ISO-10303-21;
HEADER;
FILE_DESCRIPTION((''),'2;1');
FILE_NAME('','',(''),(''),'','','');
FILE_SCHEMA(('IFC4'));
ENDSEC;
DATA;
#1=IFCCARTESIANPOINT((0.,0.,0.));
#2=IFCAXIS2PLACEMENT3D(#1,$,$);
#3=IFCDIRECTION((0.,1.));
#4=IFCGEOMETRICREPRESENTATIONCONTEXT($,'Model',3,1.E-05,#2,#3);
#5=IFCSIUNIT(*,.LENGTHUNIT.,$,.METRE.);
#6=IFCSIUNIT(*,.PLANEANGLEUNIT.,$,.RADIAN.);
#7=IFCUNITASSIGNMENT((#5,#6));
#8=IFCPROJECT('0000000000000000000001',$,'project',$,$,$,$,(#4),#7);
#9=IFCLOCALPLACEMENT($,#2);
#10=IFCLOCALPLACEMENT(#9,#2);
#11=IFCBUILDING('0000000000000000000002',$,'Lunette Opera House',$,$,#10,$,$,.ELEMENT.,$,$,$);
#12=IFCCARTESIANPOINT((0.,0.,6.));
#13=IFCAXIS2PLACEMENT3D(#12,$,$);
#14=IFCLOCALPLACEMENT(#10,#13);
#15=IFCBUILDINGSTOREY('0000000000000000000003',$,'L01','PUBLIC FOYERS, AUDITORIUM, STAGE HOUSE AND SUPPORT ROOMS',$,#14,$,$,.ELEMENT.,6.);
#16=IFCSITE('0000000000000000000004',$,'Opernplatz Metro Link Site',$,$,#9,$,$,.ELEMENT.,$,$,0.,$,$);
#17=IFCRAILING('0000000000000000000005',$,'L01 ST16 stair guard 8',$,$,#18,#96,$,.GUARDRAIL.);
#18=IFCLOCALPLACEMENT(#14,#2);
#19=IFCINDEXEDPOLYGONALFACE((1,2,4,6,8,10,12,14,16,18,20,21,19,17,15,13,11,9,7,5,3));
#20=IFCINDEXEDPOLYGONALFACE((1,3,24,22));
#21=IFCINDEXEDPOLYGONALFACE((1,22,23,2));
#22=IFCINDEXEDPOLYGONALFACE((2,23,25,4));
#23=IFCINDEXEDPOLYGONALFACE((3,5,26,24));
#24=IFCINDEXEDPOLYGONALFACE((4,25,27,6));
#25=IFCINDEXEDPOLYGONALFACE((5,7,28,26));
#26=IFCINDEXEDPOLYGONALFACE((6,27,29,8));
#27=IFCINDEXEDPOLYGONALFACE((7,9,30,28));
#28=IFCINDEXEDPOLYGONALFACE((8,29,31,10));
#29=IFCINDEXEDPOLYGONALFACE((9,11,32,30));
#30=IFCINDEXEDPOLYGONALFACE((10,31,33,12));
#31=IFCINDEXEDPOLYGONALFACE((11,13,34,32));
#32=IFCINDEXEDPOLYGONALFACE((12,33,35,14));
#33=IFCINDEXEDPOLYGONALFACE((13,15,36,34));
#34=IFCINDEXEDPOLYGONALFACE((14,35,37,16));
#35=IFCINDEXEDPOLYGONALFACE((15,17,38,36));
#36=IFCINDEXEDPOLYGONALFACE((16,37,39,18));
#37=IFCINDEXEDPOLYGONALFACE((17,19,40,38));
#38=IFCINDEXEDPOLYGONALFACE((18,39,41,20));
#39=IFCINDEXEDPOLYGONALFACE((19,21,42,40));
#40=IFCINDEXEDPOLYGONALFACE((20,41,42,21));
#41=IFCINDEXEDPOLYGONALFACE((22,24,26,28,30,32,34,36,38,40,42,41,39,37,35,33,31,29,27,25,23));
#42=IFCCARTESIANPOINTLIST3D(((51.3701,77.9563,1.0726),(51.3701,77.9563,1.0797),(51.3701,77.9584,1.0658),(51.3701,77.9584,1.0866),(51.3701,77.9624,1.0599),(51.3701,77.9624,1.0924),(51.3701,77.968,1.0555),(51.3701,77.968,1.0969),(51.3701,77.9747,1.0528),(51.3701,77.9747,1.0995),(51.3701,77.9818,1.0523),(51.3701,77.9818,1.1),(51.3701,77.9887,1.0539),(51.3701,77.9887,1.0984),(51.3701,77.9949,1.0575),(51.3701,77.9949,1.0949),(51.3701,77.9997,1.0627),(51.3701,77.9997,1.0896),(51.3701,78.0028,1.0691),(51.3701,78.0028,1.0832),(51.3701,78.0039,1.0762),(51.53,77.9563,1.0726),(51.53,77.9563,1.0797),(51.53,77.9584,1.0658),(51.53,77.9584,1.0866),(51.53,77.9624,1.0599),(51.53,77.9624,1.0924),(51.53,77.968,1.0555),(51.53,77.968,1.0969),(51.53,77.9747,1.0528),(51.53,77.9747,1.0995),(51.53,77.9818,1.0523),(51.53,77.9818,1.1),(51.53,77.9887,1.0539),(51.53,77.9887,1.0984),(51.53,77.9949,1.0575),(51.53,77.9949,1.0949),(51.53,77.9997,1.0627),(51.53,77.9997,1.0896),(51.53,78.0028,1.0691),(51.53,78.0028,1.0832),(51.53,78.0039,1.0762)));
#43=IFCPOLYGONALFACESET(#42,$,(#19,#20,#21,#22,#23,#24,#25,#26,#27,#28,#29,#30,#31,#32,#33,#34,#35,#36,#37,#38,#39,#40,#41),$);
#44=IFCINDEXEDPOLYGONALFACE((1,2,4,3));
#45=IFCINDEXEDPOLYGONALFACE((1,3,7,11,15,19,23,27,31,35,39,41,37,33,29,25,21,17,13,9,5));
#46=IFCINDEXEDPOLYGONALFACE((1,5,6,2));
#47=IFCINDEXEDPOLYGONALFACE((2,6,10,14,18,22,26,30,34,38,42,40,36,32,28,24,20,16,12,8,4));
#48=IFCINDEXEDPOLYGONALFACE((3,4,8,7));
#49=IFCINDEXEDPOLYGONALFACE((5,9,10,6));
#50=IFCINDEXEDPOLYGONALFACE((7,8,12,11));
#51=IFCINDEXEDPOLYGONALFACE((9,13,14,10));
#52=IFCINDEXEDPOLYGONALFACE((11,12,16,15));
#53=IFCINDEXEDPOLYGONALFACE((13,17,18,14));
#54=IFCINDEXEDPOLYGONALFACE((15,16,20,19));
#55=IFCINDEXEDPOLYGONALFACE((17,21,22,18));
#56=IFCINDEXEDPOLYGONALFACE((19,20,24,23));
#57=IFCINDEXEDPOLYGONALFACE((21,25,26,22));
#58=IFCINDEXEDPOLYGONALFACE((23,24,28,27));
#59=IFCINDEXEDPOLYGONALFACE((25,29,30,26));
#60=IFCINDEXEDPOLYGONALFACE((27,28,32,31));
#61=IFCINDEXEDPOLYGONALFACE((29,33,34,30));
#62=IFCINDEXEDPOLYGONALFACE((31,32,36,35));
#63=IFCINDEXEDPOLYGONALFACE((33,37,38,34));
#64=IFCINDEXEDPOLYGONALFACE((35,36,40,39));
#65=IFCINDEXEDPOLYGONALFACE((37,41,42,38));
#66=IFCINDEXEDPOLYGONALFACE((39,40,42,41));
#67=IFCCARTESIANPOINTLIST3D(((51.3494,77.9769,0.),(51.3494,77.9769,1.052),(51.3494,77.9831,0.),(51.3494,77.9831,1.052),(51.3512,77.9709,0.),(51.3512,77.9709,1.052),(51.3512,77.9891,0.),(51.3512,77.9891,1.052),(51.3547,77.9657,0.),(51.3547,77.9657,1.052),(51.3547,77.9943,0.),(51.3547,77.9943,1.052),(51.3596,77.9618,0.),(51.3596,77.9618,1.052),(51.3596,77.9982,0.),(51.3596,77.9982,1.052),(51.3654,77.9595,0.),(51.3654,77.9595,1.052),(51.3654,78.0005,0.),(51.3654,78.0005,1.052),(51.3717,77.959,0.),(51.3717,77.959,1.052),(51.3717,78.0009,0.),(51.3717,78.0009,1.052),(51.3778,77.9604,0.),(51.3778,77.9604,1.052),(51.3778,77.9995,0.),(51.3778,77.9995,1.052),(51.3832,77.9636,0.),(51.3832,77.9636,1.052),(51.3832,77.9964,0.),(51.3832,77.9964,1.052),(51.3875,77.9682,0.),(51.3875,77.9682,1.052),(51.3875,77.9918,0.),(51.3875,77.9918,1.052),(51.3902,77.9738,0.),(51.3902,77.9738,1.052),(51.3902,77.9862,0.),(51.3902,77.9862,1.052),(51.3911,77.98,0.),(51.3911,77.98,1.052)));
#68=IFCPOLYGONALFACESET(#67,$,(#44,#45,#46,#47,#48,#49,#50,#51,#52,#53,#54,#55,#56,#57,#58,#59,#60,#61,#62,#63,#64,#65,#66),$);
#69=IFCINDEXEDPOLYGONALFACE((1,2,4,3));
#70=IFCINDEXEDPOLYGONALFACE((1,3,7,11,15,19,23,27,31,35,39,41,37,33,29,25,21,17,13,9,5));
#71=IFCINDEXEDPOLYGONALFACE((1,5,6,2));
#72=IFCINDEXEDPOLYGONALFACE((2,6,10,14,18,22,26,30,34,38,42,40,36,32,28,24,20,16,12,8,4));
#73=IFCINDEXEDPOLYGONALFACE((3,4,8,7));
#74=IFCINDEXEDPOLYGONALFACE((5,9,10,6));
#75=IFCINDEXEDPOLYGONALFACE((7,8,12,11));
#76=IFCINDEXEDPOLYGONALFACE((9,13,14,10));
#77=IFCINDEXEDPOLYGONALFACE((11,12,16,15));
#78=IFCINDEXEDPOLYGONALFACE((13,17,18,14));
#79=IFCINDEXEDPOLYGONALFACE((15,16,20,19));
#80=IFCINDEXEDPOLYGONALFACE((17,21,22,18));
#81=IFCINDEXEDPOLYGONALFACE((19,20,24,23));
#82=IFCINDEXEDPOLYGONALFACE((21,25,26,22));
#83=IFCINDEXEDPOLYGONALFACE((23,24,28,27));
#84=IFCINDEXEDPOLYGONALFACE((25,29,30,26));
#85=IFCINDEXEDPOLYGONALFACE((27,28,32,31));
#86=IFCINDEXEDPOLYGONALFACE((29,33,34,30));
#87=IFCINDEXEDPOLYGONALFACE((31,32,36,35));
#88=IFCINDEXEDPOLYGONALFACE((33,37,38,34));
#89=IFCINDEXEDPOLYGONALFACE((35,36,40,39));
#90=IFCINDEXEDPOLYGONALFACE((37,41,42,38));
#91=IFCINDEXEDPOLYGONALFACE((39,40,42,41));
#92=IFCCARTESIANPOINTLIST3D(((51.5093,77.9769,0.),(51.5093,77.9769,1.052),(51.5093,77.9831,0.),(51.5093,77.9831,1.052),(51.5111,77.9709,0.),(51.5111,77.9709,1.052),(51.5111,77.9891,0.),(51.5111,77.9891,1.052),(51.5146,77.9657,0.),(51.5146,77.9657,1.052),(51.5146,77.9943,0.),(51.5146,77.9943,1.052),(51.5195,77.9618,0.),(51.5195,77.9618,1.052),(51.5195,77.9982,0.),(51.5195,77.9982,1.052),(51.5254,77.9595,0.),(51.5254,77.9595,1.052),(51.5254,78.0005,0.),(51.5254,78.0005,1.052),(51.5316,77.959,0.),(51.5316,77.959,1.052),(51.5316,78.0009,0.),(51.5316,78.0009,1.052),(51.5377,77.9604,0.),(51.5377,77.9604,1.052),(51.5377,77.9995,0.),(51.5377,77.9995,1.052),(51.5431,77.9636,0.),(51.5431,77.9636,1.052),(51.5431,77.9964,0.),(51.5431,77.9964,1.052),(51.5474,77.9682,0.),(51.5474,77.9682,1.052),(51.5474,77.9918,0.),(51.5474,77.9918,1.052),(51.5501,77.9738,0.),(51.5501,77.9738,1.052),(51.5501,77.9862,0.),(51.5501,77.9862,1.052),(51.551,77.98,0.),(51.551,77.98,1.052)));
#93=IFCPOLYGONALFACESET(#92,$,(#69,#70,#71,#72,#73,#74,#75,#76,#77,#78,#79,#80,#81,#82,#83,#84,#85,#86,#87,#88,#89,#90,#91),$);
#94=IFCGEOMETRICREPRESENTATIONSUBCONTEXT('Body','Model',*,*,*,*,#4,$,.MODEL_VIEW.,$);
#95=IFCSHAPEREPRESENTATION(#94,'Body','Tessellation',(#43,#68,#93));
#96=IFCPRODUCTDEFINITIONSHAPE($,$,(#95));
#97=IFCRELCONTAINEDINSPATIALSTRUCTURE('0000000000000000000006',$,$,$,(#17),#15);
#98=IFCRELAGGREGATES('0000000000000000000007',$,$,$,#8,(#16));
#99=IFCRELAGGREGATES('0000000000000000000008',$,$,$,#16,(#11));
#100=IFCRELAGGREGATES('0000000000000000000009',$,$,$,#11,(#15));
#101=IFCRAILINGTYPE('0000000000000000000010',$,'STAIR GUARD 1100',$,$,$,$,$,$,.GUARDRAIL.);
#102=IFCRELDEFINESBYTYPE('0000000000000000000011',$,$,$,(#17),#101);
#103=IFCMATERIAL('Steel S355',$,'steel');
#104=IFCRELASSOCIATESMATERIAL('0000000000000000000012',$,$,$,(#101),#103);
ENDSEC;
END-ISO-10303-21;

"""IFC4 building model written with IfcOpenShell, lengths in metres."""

from ifc_helpers import new_model, si_unit, direction, frame, origin, origin_2d, place, context, subcontext, project, spatial, circle, extrude, material, type_object, element, save


model = new_model("IFC4")

# Units and contexts
model_context = context("Model", 3, precision=1e-05, world=origin(), true_north=direction((0.0, 1.0)))
body_context = subcontext(model_context, "Body", "Model", "MODEL_VIEW")
ifc_project = project(units=[si_unit("LENGTHUNIT", "METRE"), si_unit("PLANEANGLEUNIT", "RADIAN")], contexts=[model_context])

# Site, building, storey
site_placement = place(None, origin())
site = spatial("IfcSite", under=ifc_project, at=site_placement, Name="Opernplatz Metro Link Site", CompositionType="ELEMENT", RefElevation=0.0)
building_placement = place(site_placement, origin())
building = spatial("IfcBuilding", under=site, at=building_placement, Name="Lunette Opera House", CompositionType="ELEMENT")
storey_placement = place(building_placement, frame((0.0, 0.0, 6.0)))
storey = spatial("IfcBuildingStorey", under=building, at=storey_placement, Name="L01", Description="PUBLIC FOYERS, AUDITORIUM, STAGE HOUSE AND SUPPORT ROOMS", CompositionType="ELEMENT", Elevation=6.0)

# Railing
ifc_material_1 = material(Name="Steel S355", Category="steel")
railing_type_1 = type_object("IfcRailingType", Name="STAIR GUARD 1100", PredefinedType="GUARDRAIL", material=ifc_material_1)
railing_1_placement = place(storey_placement, frame((51.3701, 77.98, 0.0)))
element("IfcRailing", 1, at=railing_1_placement, inside=storey, type_object=railing_type_1, Name="L01 ST16 stair guard 8", PredefinedType="GUARDRAIL", context=body_context, shape_type="SweptSolid", body=[
    extrude(circle(Radius=0.0239, at=origin_2d()), frame((0.0, 0.0, 1.0762), z_axis=(1.0, 0.0, 0.0), x_axis=(0.0, 1.0, 0.0)), (0.0, 0.0, 1.0), 0.1599),
    extrude(circle(Radius=0.021, at=origin_2d()), origin(), (0.0, 0.0, 1.0), 1.052),
    extrude(circle(Radius=0.021, at=origin_2d()), frame((0.1599, 0.0, 0.0)), (0.0, 0.0, 1.0), 1.052),
])

save(model, "model.ifc")
